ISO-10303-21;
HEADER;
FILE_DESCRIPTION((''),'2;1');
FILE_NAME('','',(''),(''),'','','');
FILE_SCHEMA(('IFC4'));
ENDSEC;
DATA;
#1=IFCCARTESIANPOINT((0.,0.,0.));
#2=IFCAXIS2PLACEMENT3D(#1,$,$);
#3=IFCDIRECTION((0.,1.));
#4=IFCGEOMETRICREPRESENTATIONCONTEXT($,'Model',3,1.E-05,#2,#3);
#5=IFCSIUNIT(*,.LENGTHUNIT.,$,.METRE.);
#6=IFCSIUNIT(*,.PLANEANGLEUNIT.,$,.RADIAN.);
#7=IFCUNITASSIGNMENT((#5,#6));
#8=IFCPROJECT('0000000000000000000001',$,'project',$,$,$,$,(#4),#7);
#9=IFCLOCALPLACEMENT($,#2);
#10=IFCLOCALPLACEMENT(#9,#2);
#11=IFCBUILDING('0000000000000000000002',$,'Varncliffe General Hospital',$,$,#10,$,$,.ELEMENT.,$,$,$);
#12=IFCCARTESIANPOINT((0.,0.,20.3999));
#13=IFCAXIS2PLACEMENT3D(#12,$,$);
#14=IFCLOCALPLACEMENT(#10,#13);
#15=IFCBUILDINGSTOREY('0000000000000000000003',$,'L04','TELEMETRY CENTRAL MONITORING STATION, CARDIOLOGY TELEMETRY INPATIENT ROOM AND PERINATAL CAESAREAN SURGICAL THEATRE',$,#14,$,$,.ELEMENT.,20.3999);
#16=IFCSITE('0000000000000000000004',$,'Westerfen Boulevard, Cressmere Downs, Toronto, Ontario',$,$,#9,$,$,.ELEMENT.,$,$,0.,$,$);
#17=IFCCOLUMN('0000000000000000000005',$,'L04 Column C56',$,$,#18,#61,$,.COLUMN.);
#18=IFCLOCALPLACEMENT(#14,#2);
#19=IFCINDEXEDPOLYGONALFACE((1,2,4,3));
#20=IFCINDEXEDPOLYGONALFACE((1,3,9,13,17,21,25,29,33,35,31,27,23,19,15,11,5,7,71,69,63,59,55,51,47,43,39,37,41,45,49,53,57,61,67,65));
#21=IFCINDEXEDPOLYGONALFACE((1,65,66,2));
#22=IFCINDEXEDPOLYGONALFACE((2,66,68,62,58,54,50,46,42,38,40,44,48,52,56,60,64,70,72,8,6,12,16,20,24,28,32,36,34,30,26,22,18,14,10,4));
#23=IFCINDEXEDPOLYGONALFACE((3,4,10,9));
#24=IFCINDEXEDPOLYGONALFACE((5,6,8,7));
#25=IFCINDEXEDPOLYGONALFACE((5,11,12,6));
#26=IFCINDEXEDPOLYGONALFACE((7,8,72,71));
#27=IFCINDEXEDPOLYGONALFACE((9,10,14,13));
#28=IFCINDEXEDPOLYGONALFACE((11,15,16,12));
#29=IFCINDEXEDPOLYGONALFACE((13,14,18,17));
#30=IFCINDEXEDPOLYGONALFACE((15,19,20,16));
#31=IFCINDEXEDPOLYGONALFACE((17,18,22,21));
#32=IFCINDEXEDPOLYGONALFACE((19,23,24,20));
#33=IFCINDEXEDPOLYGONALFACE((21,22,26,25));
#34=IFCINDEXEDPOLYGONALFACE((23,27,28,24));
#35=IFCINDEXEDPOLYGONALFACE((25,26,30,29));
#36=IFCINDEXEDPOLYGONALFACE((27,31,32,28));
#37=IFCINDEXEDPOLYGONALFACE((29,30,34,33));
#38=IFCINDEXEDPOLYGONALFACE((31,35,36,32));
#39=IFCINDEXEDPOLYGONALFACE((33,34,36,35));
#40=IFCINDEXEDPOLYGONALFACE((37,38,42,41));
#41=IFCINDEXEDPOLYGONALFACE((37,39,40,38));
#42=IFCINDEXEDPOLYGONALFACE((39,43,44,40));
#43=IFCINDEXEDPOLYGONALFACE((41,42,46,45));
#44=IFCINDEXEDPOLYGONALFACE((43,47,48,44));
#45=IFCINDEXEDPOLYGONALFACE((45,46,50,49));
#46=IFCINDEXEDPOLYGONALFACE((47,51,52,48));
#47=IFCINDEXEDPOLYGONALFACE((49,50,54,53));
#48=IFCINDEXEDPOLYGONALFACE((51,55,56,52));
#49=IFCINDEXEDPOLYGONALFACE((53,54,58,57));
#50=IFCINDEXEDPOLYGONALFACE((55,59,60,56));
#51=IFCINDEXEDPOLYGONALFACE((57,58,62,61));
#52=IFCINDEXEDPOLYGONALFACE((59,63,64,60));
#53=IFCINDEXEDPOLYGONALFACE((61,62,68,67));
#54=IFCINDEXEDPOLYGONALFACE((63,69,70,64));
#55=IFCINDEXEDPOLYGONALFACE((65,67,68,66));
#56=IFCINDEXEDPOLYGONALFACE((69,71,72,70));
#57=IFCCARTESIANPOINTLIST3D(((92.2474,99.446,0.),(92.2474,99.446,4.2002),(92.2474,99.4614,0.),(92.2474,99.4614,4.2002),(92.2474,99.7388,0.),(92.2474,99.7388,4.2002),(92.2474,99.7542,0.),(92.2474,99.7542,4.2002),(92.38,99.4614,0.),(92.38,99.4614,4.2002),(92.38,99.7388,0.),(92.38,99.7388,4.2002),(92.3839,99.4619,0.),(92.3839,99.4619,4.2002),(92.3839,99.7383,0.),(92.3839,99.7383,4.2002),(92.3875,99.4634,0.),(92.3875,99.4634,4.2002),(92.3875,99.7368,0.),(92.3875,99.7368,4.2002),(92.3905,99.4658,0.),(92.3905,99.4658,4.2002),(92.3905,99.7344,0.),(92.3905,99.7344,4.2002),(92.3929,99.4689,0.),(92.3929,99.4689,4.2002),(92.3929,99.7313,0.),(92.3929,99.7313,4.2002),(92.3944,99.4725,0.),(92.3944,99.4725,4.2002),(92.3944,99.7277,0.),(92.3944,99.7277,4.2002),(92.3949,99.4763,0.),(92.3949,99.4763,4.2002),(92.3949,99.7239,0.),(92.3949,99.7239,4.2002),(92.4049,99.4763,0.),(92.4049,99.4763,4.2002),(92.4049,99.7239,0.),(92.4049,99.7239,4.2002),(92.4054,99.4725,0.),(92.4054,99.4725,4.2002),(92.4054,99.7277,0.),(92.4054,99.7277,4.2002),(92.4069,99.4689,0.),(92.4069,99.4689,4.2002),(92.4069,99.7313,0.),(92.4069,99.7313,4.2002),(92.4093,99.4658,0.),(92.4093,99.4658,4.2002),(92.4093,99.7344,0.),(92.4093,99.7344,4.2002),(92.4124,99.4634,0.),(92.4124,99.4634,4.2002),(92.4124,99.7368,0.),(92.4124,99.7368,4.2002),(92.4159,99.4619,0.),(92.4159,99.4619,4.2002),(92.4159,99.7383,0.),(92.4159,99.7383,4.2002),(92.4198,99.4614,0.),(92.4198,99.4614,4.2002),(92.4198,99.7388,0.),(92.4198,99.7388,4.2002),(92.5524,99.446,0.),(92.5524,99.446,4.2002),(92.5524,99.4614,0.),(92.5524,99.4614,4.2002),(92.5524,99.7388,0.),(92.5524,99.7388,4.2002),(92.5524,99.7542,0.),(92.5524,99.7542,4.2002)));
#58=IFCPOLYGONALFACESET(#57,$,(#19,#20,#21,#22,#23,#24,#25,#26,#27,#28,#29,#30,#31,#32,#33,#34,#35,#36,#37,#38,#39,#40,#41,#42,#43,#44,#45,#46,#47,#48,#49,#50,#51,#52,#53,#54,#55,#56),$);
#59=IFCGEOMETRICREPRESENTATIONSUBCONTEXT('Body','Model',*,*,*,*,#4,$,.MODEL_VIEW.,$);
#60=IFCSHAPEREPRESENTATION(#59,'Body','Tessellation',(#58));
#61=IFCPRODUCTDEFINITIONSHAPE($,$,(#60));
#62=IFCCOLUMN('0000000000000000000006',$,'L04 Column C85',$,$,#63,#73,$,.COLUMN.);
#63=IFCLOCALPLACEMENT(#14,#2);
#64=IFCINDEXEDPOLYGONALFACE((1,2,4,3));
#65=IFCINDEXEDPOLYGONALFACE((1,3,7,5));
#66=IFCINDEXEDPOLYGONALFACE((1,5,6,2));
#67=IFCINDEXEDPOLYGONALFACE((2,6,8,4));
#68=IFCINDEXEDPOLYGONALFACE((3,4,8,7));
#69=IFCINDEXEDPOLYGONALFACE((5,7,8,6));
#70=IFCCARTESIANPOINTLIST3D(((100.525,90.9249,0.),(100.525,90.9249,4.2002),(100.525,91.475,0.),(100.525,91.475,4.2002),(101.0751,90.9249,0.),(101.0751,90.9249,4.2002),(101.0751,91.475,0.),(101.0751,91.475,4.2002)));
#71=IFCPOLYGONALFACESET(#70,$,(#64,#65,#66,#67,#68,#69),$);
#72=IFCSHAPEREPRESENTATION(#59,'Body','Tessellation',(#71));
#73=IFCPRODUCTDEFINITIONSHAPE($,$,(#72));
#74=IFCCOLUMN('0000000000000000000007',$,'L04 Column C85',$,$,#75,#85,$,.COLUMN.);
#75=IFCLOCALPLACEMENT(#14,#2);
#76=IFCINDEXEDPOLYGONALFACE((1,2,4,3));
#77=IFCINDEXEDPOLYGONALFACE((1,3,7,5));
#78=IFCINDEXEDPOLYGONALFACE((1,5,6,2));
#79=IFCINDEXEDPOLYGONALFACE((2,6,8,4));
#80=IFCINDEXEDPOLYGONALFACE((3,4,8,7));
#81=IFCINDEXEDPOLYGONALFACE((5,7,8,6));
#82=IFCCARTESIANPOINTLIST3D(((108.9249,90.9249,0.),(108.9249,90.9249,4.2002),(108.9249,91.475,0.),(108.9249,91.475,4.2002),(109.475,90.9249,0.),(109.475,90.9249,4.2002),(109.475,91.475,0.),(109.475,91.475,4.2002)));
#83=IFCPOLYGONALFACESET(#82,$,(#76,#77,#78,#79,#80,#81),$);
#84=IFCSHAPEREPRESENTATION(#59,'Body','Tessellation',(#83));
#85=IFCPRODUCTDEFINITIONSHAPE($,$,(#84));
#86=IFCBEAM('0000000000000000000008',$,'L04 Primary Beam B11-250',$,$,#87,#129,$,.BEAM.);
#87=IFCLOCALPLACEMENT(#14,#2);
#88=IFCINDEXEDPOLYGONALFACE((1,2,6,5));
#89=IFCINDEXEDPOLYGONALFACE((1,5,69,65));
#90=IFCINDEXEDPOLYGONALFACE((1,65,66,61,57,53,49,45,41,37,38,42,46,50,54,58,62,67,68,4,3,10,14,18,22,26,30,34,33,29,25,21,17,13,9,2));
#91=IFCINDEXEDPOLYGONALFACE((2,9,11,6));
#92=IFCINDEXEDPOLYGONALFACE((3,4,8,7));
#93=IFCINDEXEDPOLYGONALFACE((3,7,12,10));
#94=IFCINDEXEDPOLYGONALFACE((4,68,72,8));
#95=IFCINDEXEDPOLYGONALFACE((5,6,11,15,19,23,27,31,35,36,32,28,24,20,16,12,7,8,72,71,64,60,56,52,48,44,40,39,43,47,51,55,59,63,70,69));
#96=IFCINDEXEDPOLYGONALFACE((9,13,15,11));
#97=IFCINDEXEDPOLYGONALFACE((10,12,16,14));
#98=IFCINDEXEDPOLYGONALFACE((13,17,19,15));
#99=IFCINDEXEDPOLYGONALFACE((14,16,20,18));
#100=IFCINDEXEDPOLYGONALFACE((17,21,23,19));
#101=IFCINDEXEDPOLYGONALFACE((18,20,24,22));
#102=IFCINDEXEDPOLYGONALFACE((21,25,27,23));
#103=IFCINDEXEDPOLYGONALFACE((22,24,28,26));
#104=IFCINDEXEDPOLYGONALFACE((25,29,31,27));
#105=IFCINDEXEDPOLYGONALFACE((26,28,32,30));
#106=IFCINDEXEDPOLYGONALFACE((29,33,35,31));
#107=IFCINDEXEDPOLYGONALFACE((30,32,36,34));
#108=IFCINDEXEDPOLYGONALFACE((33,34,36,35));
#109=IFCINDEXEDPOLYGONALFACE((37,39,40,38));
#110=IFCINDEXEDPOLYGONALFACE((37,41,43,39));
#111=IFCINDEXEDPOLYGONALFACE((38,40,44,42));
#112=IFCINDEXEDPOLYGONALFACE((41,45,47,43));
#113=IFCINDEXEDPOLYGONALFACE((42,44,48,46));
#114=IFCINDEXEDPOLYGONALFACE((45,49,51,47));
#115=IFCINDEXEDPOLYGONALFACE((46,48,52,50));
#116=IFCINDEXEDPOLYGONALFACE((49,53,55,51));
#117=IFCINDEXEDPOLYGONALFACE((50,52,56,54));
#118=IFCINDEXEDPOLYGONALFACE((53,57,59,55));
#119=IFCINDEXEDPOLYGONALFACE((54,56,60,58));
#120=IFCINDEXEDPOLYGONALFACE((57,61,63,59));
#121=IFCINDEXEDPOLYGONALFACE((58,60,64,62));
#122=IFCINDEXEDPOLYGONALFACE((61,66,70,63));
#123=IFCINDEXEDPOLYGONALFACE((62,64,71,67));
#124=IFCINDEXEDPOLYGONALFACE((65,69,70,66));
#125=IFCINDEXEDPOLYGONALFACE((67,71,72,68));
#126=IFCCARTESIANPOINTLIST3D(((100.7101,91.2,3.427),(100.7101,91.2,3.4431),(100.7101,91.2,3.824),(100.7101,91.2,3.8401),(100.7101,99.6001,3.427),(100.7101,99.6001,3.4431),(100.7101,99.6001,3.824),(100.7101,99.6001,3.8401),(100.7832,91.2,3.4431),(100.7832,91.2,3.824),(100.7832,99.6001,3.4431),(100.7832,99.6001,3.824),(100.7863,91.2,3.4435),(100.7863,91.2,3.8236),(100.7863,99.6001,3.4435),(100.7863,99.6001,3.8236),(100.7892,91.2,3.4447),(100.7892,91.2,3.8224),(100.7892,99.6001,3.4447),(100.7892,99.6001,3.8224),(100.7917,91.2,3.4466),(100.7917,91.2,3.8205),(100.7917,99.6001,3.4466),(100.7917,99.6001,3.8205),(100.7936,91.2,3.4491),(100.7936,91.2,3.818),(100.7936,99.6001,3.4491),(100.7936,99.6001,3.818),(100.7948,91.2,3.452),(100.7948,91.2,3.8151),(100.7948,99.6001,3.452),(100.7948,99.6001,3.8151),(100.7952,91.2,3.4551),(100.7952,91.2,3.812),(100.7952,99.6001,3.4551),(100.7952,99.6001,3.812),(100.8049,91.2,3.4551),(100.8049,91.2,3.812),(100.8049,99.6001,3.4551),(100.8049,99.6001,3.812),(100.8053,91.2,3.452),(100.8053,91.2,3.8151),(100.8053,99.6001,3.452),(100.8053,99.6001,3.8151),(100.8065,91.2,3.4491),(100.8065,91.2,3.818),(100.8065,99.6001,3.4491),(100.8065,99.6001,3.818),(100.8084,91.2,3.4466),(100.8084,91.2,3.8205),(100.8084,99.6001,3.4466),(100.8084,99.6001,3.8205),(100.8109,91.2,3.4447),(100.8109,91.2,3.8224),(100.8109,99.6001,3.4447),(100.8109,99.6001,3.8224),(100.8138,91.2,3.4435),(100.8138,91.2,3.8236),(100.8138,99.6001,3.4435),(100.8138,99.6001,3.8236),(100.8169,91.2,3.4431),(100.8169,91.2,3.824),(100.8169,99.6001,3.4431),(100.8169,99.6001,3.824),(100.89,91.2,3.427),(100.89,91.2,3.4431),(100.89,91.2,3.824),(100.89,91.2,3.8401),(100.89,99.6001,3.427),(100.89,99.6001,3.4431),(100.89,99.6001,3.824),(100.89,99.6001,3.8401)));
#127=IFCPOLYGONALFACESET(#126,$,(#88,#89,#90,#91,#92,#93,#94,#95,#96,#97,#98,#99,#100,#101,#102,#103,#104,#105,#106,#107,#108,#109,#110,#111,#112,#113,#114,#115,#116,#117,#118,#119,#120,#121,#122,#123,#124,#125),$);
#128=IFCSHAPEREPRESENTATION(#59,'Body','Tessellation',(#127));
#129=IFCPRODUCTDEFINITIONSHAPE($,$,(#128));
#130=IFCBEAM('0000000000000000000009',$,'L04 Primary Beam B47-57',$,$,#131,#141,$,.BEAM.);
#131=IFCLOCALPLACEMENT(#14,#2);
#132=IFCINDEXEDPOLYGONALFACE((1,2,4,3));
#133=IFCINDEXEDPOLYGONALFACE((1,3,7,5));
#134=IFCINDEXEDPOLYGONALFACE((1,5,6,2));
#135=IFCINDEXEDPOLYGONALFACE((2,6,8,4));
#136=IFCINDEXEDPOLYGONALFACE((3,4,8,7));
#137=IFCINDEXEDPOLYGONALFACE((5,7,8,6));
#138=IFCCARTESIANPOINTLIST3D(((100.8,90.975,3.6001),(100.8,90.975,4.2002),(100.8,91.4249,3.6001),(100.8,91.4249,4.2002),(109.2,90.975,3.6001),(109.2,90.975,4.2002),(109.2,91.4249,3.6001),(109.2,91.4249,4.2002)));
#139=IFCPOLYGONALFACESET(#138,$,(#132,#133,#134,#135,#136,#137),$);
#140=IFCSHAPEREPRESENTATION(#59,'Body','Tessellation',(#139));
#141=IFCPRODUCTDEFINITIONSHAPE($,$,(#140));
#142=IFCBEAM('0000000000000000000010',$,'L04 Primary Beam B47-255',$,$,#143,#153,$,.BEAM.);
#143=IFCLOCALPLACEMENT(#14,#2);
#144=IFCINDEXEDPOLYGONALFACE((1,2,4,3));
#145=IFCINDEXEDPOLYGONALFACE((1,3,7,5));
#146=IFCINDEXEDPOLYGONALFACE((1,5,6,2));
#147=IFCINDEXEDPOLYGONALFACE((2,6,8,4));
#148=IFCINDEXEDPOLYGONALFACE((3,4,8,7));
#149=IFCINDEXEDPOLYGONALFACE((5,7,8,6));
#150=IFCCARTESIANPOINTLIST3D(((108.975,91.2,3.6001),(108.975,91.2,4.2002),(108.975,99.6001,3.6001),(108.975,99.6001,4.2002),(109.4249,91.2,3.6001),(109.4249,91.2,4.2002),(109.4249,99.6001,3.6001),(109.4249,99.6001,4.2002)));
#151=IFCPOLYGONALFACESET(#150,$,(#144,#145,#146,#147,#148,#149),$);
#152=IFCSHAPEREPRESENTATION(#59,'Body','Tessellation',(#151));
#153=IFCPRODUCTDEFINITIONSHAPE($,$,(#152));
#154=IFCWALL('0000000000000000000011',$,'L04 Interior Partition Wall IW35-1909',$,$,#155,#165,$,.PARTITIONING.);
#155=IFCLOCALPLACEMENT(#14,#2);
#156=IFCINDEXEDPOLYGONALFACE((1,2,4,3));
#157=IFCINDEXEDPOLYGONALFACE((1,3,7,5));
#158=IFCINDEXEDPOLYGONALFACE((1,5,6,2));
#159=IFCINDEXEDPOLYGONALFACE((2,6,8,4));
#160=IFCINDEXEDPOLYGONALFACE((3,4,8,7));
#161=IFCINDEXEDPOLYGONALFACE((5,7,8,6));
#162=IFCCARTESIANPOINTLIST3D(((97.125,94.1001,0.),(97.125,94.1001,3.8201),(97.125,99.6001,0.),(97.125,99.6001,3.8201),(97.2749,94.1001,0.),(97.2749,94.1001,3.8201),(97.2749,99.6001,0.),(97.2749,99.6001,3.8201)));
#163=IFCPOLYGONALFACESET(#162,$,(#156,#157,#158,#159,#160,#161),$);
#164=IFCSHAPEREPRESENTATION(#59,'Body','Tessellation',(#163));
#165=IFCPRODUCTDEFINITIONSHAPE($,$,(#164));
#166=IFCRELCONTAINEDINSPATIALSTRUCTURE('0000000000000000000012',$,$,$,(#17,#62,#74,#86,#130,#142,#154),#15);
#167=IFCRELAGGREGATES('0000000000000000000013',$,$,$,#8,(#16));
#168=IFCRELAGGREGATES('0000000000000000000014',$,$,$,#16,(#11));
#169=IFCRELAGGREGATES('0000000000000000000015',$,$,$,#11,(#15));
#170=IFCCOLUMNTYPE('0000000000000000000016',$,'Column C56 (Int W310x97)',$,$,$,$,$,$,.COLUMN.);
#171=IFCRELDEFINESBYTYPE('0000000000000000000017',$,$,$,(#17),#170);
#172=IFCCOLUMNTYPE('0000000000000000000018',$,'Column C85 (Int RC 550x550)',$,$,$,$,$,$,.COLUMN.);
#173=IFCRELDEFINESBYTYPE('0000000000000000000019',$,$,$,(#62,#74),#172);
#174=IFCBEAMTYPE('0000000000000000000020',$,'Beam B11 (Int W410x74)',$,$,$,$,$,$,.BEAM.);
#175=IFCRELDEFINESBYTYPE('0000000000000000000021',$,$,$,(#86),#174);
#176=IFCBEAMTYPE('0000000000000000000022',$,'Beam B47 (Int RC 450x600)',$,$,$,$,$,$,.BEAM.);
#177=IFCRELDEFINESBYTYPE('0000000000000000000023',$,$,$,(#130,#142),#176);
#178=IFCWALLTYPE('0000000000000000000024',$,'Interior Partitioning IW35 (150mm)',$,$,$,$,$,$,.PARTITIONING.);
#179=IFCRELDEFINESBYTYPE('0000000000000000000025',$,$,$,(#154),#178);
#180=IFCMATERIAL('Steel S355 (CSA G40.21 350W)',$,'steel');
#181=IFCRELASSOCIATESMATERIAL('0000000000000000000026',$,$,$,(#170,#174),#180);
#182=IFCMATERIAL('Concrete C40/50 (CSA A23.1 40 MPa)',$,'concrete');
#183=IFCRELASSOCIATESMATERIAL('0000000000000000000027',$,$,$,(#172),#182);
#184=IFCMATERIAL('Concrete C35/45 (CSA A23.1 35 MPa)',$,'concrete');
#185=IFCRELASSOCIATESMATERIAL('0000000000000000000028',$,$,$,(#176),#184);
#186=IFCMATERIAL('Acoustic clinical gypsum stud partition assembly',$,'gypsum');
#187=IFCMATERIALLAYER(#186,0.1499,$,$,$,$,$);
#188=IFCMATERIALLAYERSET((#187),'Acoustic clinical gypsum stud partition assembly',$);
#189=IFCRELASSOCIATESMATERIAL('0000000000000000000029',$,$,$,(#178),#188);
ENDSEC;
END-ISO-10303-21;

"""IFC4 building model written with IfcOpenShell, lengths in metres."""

from ifc_helpers import new_model, si_unit, direction, frame, frame_2d, origin, origin_2d, place, context, subcontext, project, spatial, rectangle, i_section, extrude, material, layer, layer_set, material_profile, profile_set, type_object, element, save


model = new_model("IFC4")

# Units and contexts
model_context = context("Model", 3, precision=1e-05, world=origin(), true_north=direction((0.0, 1.0)))
body_context = subcontext(model_context, "Body", "Model", "MODEL_VIEW")
ifc_project = project(units=[si_unit("LENGTHUNIT", "METRE"), si_unit("PLANEANGLEUNIT", "RADIAN")], contexts=[model_context])

# Site, building, storey
site_placement = place(None, origin())
site = spatial("IfcSite", under=ifc_project, at=site_placement, Name="Westerfen Boulevard, Cressmere Downs, Toronto, Ontario", CompositionType="ELEMENT", RefElevation=0.0)
building_placement = place(site_placement, origin())
building = spatial("IfcBuilding", under=site, at=building_placement, Name="Varncliffe General Hospital", CompositionType="ELEMENT")
storey_placement = place(building_placement, frame((0.0, 0.0, 20.3999)))
storey = spatial("IfcBuildingStorey", under=building, at=storey_placement, Name="L04", Description="TELEMETRY CENTRAL MONITORING STATION, CARDIOLOGY TELEMETRY INPATIENT ROOM AND PERINATAL CAESAREAN SURGICAL THEATRE", CompositionType="ELEMENT", Elevation=20.3999)

# Columns
ifc_material_1 = material(Name="Steel S355 (CSA G40.21 350W)", Category="steel")
ifc_material_profile_1 = material_profile(ifc_material_1, i_section(OverallWidth=0.3049, OverallDepth=0.3081, WebThickness=0.01, FlangeThickness=0.0154, FilletRadius=0.0149, at=origin_2d()), Name="W310x97")
ifc_profile_set_1 = profile_set([ifc_material_profile_1], Name="Steel S355 (CSA G40.21 350W)")
column_type_1 = type_object("IfcColumnType", Name="Column C56 (Int W310x97)", PredefinedType="COLUMN", material=ifc_profile_set_1)
column_placement = place(storey_placement, frame((92.3999, 99.6001, 0.0), z_axis=(0.0, 0.0, 1.0), x_axis=(1.0, 0.0, 0.0)))
element("IfcColumn", 1, at=column_placement, inside=storey, type_object=column_type_1, Name="L04 Column C56", PredefinedType="COLUMN", context=body_context, shape_type="SweptSolid", body=[
    extrude(i_section(OverallWidth=0.3049, OverallDepth=0.3081, WebThickness=0.01, FlangeThickness=0.0154, FilletRadius=0.0149, at=origin_2d()), origin(), (0.0, 0.0, 1.0), 4.2002),
])
ifc_material_2 = material(Name="Concrete C40/50 (CSA A23.1 40 MPa)", Category="concrete")
ifc_material_profile_2 = material_profile(ifc_material_2, rectangle(XDim=0.55, YDim=0.55, at=origin_2d()), Name="RC 550x550")
ifc_profile_set_2 = profile_set([ifc_material_profile_2], Name="Concrete C40/50 (CSA A23.1 40 MPa)")
column_type_2 = type_object("IfcColumnType", Name="Column C85 (Int RC 550x550)", PredefinedType="COLUMN", material=ifc_profile_set_2)
for number, where, z_axis, x_axis, name in (
    (2, (100.8, 91.2, 0.0), (0.0, 0.0, 1.0), (1.0, 0.0, 0.0), "L04 Column C85"),
    (3, (109.2, 91.2, 0.0), (0.0, 0.0, 1.0), (1.0, 0.0, 0.0), "L04 Column C85"),
):
    element("IfcColumn", number, at=place(storey_placement, frame(where, z_axis=z_axis, x_axis=x_axis)), inside=storey, type_object=column_type_2, Name=name, PredefinedType="COLUMN", context=body_context, shape_type="SweptSolid", body=[
        extrude(rectangle(XDim=0.55, YDim=0.55, at=origin_2d()), origin(), (0.0, 0.0, 1.0), 4.2002),
    ])

# Beams
ifc_material_profile_3 = material_profile(ifc_material_1, i_section(OverallWidth=0.1799, OverallDepth=0.4131, WebThickness=0.0098, FlangeThickness=0.0161, FilletRadius=0.012, at=origin_2d()), Name="W410x74")
ifc_profile_set_3 = profile_set([ifc_material_profile_3], Name="Steel S355 (CSA G40.21 350W)")
beam_type_1 = type_object("IfcBeamType", Name="Beam B11 (Int W410x74)", PredefinedType="BEAM", material=ifc_profile_set_3)
beam_1_placement = place(storey_placement, frame((100.8, 91.2, 3.6335), z_axis=(0.0, 1.0, 0.0), x_axis=(-1.0, 0.0, 0.0)))
element("IfcBeam", 4, at=beam_1_placement, inside=storey, type_object=beam_type_1, Name="L04 Primary Beam B11-250", PredefinedType="BEAM", context=body_context, shape_type="SweptSolid", body=[
    extrude(i_section(OverallWidth=0.1799, OverallDepth=0.4131, WebThickness=0.0098, FlangeThickness=0.0161, FilletRadius=0.012, at=origin_2d()), origin(), (0.0, 0.0, 1.0), 8.4001),
])
ifc_material_3 = material(Name="Concrete C35/45 (CSA A23.1 35 MPa)", Category="concrete")
ifc_material_profile_4 = material_profile(ifc_material_3, rectangle(XDim=0.45, YDim=0.6001, at=origin_2d()), Name="RC 450x600")
ifc_profile_set_4 = profile_set([ifc_material_profile_4], Name="Concrete C35/45 (CSA A23.1 35 MPa)")
beam_type_2 = type_object("IfcBeamType", Name="Beam B47 (Int RC 450x600)", PredefinedType="BEAM", material=ifc_profile_set_4)
beam_2_placement = place(storey_placement, frame((100.8, 91.2, 3.9001), z_axis=(1.0, 0.0, 0.0), x_axis=(0.0, 1.0, 0.0)))
element("IfcBeam", 5, at=beam_2_placement, inside=storey, type_object=beam_type_2, Name="L04 Primary Beam B47-57", PredefinedType="BEAM", context=body_context, shape_type="SweptSolid", body=[
    extrude(rectangle(XDim=0.45, YDim=0.6001, at=origin_2d()), origin(), (0.0, 0.0, 1.0), 8.3999),
])
beam_3_placement = place(storey_placement, frame((109.2, 91.2, 3.9001), z_axis=(0.0, 1.0, 0.0), x_axis=(-1.0, 0.0, 0.0)))
element("IfcBeam", 6, at=beam_3_placement, inside=storey, type_object=beam_type_2, Name="L04 Primary Beam B47-255", PredefinedType="BEAM", context=body_context, shape_type="SweptSolid", body=[
    extrude(rectangle(XDim=0.45, YDim=0.6001, at=origin_2d()), origin(), (0.0, 0.0, 1.0), 8.4001),
])

# Wall
ifc_material_4 = material(Name="Acoustic clinical gypsum stud partition assembly", Category="gypsum")
ifc_layer_1 = layer(ifc_material_4, 0.1499)
ifc_layer_set_1 = layer_set([ifc_layer_1], Name="Acoustic clinical gypsum stud partition assembly")
wall_type_1 = type_object("IfcWallType", Name="Interior Partitioning IW35 (150mm)", PredefinedType="PARTITIONING", material=ifc_layer_set_1)
wall_1_placement = place(storey_placement, frame((97.2, 94.1001, 0.0), z_axis=(0.0, 0.0, 1.0), x_axis=(0.0, 1.0, 0.0)))
element("IfcWall", 7, at=wall_1_placement, inside=storey, type_object=wall_type_1, Name="L04 Interior Partition Wall IW35-1909", PredefinedType="PARTITIONING", context=body_context, shape_type="SweptSolid", body=[
    extrude(rectangle(XDim=5.5, YDim=0.1499, at=frame_2d((2.75, 0.0))), origin(), (0.0, 0.0, 1.0), 3.8201),
])

save(model, "model.ifc")
